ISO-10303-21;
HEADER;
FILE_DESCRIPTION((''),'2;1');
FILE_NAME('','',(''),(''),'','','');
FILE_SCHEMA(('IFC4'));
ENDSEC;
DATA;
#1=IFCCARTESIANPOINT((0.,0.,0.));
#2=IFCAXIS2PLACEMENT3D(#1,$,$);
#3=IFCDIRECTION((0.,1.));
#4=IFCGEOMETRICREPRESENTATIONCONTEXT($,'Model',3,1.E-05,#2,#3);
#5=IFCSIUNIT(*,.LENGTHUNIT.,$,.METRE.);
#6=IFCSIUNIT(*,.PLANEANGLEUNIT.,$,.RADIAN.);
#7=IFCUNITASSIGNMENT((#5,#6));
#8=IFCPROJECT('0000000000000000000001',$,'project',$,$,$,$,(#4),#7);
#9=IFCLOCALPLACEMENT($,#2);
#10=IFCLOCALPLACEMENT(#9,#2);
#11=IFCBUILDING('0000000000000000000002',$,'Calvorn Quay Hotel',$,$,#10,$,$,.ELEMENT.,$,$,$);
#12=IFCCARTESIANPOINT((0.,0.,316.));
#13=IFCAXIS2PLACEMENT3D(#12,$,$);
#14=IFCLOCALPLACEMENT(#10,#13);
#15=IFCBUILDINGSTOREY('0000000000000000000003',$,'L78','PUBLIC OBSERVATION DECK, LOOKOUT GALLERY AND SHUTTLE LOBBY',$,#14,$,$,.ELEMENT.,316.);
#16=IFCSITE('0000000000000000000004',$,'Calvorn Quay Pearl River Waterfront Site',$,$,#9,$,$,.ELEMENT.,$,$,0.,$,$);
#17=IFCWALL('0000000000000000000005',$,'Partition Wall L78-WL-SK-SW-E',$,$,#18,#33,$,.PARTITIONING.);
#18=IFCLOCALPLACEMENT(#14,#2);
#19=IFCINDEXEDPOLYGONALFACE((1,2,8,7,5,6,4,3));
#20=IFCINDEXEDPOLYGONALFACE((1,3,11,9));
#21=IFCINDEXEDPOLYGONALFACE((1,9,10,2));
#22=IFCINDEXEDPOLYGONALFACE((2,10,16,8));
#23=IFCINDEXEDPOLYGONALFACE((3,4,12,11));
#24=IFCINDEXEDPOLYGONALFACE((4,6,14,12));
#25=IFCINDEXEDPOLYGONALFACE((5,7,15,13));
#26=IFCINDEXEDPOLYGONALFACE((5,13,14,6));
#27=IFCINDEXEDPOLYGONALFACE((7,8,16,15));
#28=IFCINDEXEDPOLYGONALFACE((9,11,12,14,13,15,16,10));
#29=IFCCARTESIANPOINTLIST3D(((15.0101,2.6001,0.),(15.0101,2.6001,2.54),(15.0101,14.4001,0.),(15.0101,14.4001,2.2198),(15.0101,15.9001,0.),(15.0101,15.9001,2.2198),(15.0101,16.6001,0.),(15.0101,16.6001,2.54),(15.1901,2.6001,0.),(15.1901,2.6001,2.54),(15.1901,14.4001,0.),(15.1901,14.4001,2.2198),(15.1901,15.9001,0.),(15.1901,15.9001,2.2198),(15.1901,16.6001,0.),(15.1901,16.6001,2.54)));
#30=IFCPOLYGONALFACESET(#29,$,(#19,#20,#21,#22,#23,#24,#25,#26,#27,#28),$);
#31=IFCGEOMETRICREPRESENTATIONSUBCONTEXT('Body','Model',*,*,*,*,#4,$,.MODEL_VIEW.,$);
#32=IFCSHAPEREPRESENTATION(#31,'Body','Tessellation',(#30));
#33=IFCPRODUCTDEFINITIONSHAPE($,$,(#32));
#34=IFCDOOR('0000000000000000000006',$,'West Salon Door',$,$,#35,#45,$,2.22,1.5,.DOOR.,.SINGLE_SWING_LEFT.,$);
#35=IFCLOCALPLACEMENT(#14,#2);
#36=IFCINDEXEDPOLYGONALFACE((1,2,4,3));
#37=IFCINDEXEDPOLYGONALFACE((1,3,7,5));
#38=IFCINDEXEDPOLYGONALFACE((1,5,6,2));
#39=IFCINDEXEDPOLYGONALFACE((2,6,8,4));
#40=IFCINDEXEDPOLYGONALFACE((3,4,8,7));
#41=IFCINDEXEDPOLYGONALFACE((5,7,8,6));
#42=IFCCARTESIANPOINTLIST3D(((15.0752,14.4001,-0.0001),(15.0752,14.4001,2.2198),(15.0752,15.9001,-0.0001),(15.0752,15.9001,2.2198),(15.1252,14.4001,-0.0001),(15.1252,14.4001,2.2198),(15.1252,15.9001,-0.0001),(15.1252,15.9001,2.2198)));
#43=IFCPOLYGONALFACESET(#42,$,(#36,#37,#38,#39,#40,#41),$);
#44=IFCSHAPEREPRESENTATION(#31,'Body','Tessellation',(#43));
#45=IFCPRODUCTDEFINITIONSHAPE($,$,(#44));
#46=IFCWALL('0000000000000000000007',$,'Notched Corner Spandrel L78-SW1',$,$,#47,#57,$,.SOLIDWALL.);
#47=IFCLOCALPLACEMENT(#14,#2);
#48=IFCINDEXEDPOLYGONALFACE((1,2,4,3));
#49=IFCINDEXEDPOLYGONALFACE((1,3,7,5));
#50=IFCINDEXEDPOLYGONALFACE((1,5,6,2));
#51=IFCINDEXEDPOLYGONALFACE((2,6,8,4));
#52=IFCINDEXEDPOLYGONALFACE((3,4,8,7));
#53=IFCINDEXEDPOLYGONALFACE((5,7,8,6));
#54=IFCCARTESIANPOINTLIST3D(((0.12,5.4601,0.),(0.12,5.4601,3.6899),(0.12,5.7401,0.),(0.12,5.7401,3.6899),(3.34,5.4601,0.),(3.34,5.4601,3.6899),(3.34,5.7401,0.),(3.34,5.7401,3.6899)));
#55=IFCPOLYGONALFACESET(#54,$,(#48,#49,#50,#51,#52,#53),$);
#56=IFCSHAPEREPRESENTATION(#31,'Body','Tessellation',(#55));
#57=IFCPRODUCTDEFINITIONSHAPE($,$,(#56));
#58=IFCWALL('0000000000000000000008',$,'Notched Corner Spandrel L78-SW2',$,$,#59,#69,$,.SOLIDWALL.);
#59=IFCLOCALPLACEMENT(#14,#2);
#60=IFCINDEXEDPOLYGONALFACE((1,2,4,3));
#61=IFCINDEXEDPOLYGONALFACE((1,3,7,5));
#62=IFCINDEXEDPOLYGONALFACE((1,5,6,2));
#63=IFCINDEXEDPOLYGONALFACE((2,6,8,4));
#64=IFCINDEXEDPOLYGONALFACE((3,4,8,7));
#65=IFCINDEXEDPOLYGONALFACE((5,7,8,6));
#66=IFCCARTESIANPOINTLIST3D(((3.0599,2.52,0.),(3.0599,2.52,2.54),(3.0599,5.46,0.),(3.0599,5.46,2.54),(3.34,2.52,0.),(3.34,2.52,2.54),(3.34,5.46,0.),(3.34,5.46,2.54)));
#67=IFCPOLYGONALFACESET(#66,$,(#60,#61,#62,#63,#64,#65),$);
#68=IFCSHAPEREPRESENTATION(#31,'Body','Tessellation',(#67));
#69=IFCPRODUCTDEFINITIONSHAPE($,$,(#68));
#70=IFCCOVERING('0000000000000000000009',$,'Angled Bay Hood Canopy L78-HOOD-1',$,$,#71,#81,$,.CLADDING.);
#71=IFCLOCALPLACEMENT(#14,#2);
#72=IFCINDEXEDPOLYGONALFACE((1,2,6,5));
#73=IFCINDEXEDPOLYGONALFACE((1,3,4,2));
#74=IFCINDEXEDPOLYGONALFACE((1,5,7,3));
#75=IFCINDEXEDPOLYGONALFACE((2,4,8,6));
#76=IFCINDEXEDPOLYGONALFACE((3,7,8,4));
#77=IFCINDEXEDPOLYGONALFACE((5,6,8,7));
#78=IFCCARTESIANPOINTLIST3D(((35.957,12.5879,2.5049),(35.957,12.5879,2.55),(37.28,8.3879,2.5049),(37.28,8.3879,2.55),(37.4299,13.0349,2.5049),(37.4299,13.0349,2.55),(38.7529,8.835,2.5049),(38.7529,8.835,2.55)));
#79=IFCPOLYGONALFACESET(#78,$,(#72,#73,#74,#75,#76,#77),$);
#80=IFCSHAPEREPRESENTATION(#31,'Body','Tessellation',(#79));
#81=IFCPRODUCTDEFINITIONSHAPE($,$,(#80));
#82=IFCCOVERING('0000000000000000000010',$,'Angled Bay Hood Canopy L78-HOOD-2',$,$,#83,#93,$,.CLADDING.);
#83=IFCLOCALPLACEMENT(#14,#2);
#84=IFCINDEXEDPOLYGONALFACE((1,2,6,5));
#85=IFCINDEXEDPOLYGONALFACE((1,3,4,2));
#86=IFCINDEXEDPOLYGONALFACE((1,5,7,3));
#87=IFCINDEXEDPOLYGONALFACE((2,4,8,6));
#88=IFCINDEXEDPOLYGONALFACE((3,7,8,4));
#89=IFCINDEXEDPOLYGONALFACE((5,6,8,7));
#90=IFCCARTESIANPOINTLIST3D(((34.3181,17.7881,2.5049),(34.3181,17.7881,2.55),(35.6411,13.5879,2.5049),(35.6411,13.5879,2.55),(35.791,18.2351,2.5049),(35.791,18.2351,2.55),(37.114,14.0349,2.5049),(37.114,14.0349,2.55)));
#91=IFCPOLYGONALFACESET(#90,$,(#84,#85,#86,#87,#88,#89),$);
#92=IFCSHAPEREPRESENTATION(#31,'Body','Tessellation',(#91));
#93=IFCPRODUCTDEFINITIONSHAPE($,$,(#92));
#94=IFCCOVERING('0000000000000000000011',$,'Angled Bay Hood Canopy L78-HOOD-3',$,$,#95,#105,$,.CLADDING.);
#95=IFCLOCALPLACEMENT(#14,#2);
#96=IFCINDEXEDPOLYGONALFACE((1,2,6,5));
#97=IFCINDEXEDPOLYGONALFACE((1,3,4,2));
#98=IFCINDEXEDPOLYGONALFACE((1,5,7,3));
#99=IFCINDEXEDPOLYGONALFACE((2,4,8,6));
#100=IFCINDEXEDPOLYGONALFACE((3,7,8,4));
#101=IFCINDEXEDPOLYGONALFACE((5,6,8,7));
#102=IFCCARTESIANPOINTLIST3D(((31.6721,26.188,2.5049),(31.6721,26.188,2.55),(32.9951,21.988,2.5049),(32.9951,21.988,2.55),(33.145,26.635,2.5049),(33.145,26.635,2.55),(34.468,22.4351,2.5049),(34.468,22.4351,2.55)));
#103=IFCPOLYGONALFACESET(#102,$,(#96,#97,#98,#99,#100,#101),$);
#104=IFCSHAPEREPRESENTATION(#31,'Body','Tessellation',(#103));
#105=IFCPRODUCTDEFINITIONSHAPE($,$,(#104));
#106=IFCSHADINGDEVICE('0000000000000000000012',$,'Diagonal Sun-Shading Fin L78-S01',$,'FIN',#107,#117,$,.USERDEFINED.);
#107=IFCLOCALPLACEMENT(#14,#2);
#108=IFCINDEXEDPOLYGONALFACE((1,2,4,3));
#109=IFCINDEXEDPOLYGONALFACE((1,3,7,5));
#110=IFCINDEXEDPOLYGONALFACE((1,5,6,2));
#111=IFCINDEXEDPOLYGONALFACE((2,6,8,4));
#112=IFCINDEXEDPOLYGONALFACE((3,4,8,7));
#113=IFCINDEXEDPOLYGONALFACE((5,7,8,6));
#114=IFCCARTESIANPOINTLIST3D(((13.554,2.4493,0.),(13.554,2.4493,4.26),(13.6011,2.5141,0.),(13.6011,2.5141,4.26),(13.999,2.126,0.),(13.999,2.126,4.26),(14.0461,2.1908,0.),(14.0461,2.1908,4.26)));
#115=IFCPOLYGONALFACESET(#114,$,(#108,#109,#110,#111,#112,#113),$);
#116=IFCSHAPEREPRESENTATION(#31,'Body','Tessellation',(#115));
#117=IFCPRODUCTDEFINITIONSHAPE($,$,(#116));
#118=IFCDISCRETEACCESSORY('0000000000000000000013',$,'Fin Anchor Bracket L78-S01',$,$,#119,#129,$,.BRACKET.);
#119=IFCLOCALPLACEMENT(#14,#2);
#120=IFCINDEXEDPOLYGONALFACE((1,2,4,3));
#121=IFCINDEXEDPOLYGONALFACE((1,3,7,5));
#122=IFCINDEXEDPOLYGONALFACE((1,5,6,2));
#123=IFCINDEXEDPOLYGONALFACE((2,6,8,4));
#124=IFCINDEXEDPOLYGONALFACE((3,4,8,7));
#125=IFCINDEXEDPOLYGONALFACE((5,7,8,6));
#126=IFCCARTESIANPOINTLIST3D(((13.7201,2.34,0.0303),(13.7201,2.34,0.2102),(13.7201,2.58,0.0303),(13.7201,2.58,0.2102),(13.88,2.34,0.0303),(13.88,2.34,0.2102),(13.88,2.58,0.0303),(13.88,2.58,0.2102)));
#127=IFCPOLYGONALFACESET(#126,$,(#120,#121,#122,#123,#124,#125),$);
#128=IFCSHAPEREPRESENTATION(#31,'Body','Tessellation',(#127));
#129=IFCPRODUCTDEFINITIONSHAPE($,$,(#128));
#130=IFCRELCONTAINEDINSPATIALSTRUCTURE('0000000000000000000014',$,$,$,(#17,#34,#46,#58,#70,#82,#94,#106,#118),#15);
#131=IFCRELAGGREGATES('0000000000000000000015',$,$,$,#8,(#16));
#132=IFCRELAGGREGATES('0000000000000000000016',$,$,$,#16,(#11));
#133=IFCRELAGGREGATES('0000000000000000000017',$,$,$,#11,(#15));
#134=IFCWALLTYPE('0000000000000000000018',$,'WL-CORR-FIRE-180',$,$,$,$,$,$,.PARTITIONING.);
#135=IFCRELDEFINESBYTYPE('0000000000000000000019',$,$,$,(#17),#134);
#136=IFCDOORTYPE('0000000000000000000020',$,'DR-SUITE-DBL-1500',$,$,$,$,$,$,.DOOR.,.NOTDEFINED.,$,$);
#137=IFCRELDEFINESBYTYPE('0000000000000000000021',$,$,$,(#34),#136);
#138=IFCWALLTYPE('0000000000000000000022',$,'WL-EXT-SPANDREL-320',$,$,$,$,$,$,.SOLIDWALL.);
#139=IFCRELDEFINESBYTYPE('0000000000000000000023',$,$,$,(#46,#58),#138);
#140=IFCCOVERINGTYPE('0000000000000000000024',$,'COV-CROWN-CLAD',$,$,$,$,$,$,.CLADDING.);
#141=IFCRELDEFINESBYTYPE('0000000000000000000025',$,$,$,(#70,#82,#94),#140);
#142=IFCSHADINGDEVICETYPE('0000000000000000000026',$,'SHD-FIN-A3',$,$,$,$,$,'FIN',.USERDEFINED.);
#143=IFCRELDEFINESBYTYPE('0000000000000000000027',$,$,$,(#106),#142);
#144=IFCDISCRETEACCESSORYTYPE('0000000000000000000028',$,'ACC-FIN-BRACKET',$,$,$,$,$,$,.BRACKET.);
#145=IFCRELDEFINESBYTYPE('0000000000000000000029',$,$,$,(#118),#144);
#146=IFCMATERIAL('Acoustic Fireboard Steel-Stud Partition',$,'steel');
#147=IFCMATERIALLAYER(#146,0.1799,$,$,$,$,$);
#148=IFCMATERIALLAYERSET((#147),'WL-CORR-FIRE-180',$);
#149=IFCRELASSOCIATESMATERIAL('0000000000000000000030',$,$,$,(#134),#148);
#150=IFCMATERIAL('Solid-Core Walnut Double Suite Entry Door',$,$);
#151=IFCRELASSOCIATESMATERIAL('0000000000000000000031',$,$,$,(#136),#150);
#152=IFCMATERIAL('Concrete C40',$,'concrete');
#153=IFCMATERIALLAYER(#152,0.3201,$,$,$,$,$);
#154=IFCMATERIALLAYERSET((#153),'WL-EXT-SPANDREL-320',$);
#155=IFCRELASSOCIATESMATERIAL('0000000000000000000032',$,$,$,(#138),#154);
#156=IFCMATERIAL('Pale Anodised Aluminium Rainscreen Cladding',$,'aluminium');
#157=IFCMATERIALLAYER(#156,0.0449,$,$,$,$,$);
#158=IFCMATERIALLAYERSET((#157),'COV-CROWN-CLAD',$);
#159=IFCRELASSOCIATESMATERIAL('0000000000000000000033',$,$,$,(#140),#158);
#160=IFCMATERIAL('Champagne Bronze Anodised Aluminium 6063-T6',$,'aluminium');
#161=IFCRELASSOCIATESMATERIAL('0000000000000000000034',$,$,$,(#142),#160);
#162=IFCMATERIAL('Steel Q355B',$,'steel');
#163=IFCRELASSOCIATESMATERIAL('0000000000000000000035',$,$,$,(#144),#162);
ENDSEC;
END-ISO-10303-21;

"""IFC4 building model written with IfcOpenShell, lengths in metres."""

from ifc_helpers import new_model, si_unit, direction, frame, frame_2d, origin, origin_2d, place, context, subcontext, project, spatial, polyline, rectangle, outline, extrude, material, layer, layer_set, type_object, element, fill, save


model = new_model("IFC4")

# Units and contexts
model_context = context("Model", 3, precision=1e-05, world=origin(), true_north=direction((0.0, 1.0)))
body_context = subcontext(model_context, "Body", "Model", "MODEL_VIEW")
ifc_project = project(units=[si_unit("LENGTHUNIT", "METRE"), si_unit("PLANEANGLEUNIT", "RADIAN")], contexts=[model_context])

# Site, building, storey
site_placement = place(None, origin())
site = spatial("IfcSite", under=ifc_project, at=site_placement, Name="Calvorn Quay Pearl River Waterfront Site", CompositionType="ELEMENT", RefElevation=0.0)
building_placement = place(site_placement, origin())
building = spatial("IfcBuilding", under=site, at=building_placement, Name="Calvorn Quay Hotel", CompositionType="ELEMENT")
storey_placement = place(building_placement, frame((0.0, 0.0, 316.0)))
storey = spatial("IfcBuildingStorey", under=building, at=storey_placement, Name="L78", Description="PUBLIC OBSERVATION DECK, LOOKOUT GALLERY AND SHUTTLE LOBBY", CompositionType="ELEMENT", Elevation=316.0)

# Wall, opening, door
ifc_material_1 = material(Name="Acoustic Fireboard Steel-Stud Partition", Category="steel")
ifc_layer_1 = layer(ifc_material_1, 0.1799)
ifc_layer_set_1 = layer_set([ifc_layer_1], Name="WL-CORR-FIRE-180")
wall_type_1 = type_object("IfcWallType", Name="WL-CORR-FIRE-180", PredefinedType="PARTITIONING", material=ifc_layer_set_1)
wall_1_placement = place(storey_placement, frame((15.1001, 2.6001, 0.0), z_axis=(0.0, 0.0, 1.0), x_axis=(0.0, 1.0, 0.0)))
wall_1 = element("IfcWall", 1, at=wall_1_placement, inside=storey, type_object=wall_type_1, Name="Partition Wall L78-WL-SK-SW-E", PredefinedType="PARTITIONING", context=body_context, shape_type="SweptSolid", body=[
    extrude(rectangle(XDim=14.0, YDim=0.1799, at=frame_2d((7.0, 0.0))), origin(), (0.0, 0.0, 1.0), 2.54),
])
opening_placement = place(wall_1_placement, frame((11.8, 0.0, 0.0)))
opening = element("IfcOpeningElement", 2, at=opening_placement, cuts=wall_1, PredefinedType="OPENING", context=body_context, shape_type="SweptSolid", body=[
    extrude(rectangle(XDim=1.5, YDim=2.22, at=frame_2d((0.75, 1.1099))), frame((0.0, 0.0999, 0.0), z_axis=(0.0, -1.0, 0.0), x_axis=(1.0, 0.0, 0.0)), (0.0, 0.0, 1.0), 0.2),
])
ifc_material_2 = material(Name="Solid-Core Walnut Double Suite Entry Door")
door_type = type_object("IfcDoorType", Name="DR-SUITE-DBL-1500", OperationType="NOTDEFINED", PredefinedType="DOOR", material=ifc_material_2)
door_placement = place(opening_placement, origin())
door = element("IfcDoor", 3, at=door_placement, inside=storey, type_object=door_type, Name="West Salon Door", OperationType="SINGLE_SWING_LEFT", OverallHeight=2.22, OverallWidth=1.5, PredefinedType="DOOR", context=body_context, shape_type="SweptSolid", body=[
    extrude(rectangle(XDim=1.5, YDim=2.22, at=frame_2d((0.75, 1.1099))), frame((0.0, 0.0249, 0.0), z_axis=(0.0, -1.0, 0.0), x_axis=(1.0, 0.0, 0.0)), (0.0, 0.0, 1.0), 0.05),
])
fill(opening, door)

# Walls
ifc_material_3 = material(Name="Concrete C40", Category="concrete")
ifc_layer_2 = layer(ifc_material_3, 0.3201)
ifc_layer_set_2 = layer_set([ifc_layer_2], Name="WL-EXT-SPANDREL-320")
wall_type_2 = type_object("IfcWallType", Name="WL-EXT-SPANDREL-320", PredefinedType="SOLIDWALL", material=ifc_layer_set_2)
wall_2_placement = place(storey_placement, frame((0.1201, 5.6001, 0.0), z_axis=(0.0, 0.0, 1.0), x_axis=(1.0, 0.0, 0.0)))
element("IfcWall", 4, at=wall_2_placement, inside=storey, type_object=wall_type_2, Name="Notched Corner Spandrel L78-SW1", PredefinedType="SOLIDWALL", context=body_context, shape_type="SweptSolid", body=[
    extrude(rectangle(XDim=3.22, YDim=0.28, at=frame_2d((1.6099, 0.0))), origin(), (0.0, 0.0, 1.0), 3.6899),
])
wall_3_placement = place(storey_placement, frame((3.2, 5.46, 0.0), z_axis=(0.0, 0.0, 1.0), x_axis=(0.0, -1.0, 0.0)))
element("IfcWall", 5, at=wall_3_placement, inside=storey, type_object=wall_type_2, Name="Notched Corner Spandrel L78-SW2", PredefinedType="SOLIDWALL", context=body_context, shape_type="SweptSolid", body=[
    extrude(rectangle(XDim=2.9399, YDim=0.28, at=frame_2d((1.47, 0.0))), origin(), (0.0, 0.0, 1.0), 2.54),
])

# Coverings
ifc_material_4 = material(Name="Pale Anodised Aluminium Rainscreen Cladding", Category="aluminium")
ifc_layer_3 = layer(ifc_material_4, 0.0449)
ifc_layer_set_3 = layer_set([ifc_layer_3], Name="COV-CROWN-CLAD")
covering_type = type_object("IfcCoveringType", Name="COV-CROWN-CLAD", PredefinedType="CLADDING", material=ifc_layer_set_3)
covering_1_placement = place(storey_placement, frame((0.0, 0.0, 2.5049)))
element("IfcCovering", 6, at=covering_1_placement, inside=storey, type_object=covering_type, Name="Angled Bay Hood Canopy L78-HOOD-1", PredefinedType="CLADDING", context=body_context, shape_type="SweptSolid", body=[
    extrude(outline(polyline([(35.957, 12.5879), (37.4299, 13.0349), (38.7529, 8.835), (37.28, 8.3879), (35.957, 12.5879)])), origin(), (0.0, 0.0, 1.0), 0.0452),
])
covering_2_placement = place(storey_placement, frame((0.0, 0.0, 2.5049)))
element("IfcCovering", 7, at=covering_2_placement, inside=storey, type_object=covering_type, Name="Angled Bay Hood Canopy L78-HOOD-2", PredefinedType="CLADDING", context=body_context, shape_type="SweptSolid", body=[
    extrude(outline(polyline([(34.3181, 17.7881), (35.791, 18.2351), (37.114, 14.0349), (35.6411, 13.5879), (34.3181, 17.7881)])), origin(), (0.0, 0.0, 1.0), 0.0452),
])
covering_3_placement = place(storey_placement, frame((0.0, 0.0, 2.5049)))
element("IfcCovering", 8, at=covering_3_placement, inside=storey, type_object=covering_type, Name="Angled Bay Hood Canopy L78-HOOD-3", PredefinedType="CLADDING", context=body_context, shape_type="SweptSolid", body=[
    extrude(outline(polyline([(31.6721, 26.188), (33.145, 26.635), (34.468, 22.4351), (32.9951, 21.988), (31.6721, 26.188)])), origin(), (0.0, 0.0, 1.0), 0.0452),
])

# Shading device
ifc_material_5 = material(Name="Champagne Bronze Anodised Aluminium 6063-T6", Category="aluminium")
shading_device_type = type_object("IfcShadingDeviceType", Name="SHD-FIN-A3", ElementType="FIN", PredefinedType="USERDEFINED", material=ifc_material_5)
shading_device_placement = place(storey_placement, frame((13.8, 2.3201, 0.0), z_axis=(0.0, 0.0, 1.0), x_axis=(-0.809017, 0.587785, 0.0)))
element("IfcShadingDevice", 9, at=shading_device_placement, inside=storey, type_object=shading_device_type, Name="Diagonal Sun-Shading Fin L78-S01", ObjectType="FIN", PredefinedType="USERDEFINED", context=body_context, shape_type="SweptSolid", body=[
    extrude(rectangle(XDim=0.55, YDim=0.0801, at=origin_2d()), origin(), (0.0, 0.0, 1.0), 4.26),
])

# Discrete accessory
ifc_material_6 = material(Name="Steel Q355B", Category="steel")
discrete_accessory_type = type_object("IfcDiscreteAccessoryType", Name="ACC-FIN-BRACKET", PredefinedType="BRACKET", material=ifc_material_6)
discrete_accessory_placement = place(storey_placement, frame((13.8, 2.46, 0.0303), z_axis=(0.0, 0.0, 1.0), x_axis=(0.0, 1.0, 0.0)))
element("IfcDiscreteAccessory", 10, at=discrete_accessory_placement, inside=storey, type_object=discrete_accessory_type, Name="Fin Anchor Bracket L78-S01", PredefinedType="BRACKET", context=body_context, shape_type="SweptSolid", body=[
    extrude(rectangle(XDim=0.24, YDim=0.1599, at=origin_2d()), origin(), (0.0, 0.0, 1.0), 0.1799),
])

save(model, "model.ifc")
